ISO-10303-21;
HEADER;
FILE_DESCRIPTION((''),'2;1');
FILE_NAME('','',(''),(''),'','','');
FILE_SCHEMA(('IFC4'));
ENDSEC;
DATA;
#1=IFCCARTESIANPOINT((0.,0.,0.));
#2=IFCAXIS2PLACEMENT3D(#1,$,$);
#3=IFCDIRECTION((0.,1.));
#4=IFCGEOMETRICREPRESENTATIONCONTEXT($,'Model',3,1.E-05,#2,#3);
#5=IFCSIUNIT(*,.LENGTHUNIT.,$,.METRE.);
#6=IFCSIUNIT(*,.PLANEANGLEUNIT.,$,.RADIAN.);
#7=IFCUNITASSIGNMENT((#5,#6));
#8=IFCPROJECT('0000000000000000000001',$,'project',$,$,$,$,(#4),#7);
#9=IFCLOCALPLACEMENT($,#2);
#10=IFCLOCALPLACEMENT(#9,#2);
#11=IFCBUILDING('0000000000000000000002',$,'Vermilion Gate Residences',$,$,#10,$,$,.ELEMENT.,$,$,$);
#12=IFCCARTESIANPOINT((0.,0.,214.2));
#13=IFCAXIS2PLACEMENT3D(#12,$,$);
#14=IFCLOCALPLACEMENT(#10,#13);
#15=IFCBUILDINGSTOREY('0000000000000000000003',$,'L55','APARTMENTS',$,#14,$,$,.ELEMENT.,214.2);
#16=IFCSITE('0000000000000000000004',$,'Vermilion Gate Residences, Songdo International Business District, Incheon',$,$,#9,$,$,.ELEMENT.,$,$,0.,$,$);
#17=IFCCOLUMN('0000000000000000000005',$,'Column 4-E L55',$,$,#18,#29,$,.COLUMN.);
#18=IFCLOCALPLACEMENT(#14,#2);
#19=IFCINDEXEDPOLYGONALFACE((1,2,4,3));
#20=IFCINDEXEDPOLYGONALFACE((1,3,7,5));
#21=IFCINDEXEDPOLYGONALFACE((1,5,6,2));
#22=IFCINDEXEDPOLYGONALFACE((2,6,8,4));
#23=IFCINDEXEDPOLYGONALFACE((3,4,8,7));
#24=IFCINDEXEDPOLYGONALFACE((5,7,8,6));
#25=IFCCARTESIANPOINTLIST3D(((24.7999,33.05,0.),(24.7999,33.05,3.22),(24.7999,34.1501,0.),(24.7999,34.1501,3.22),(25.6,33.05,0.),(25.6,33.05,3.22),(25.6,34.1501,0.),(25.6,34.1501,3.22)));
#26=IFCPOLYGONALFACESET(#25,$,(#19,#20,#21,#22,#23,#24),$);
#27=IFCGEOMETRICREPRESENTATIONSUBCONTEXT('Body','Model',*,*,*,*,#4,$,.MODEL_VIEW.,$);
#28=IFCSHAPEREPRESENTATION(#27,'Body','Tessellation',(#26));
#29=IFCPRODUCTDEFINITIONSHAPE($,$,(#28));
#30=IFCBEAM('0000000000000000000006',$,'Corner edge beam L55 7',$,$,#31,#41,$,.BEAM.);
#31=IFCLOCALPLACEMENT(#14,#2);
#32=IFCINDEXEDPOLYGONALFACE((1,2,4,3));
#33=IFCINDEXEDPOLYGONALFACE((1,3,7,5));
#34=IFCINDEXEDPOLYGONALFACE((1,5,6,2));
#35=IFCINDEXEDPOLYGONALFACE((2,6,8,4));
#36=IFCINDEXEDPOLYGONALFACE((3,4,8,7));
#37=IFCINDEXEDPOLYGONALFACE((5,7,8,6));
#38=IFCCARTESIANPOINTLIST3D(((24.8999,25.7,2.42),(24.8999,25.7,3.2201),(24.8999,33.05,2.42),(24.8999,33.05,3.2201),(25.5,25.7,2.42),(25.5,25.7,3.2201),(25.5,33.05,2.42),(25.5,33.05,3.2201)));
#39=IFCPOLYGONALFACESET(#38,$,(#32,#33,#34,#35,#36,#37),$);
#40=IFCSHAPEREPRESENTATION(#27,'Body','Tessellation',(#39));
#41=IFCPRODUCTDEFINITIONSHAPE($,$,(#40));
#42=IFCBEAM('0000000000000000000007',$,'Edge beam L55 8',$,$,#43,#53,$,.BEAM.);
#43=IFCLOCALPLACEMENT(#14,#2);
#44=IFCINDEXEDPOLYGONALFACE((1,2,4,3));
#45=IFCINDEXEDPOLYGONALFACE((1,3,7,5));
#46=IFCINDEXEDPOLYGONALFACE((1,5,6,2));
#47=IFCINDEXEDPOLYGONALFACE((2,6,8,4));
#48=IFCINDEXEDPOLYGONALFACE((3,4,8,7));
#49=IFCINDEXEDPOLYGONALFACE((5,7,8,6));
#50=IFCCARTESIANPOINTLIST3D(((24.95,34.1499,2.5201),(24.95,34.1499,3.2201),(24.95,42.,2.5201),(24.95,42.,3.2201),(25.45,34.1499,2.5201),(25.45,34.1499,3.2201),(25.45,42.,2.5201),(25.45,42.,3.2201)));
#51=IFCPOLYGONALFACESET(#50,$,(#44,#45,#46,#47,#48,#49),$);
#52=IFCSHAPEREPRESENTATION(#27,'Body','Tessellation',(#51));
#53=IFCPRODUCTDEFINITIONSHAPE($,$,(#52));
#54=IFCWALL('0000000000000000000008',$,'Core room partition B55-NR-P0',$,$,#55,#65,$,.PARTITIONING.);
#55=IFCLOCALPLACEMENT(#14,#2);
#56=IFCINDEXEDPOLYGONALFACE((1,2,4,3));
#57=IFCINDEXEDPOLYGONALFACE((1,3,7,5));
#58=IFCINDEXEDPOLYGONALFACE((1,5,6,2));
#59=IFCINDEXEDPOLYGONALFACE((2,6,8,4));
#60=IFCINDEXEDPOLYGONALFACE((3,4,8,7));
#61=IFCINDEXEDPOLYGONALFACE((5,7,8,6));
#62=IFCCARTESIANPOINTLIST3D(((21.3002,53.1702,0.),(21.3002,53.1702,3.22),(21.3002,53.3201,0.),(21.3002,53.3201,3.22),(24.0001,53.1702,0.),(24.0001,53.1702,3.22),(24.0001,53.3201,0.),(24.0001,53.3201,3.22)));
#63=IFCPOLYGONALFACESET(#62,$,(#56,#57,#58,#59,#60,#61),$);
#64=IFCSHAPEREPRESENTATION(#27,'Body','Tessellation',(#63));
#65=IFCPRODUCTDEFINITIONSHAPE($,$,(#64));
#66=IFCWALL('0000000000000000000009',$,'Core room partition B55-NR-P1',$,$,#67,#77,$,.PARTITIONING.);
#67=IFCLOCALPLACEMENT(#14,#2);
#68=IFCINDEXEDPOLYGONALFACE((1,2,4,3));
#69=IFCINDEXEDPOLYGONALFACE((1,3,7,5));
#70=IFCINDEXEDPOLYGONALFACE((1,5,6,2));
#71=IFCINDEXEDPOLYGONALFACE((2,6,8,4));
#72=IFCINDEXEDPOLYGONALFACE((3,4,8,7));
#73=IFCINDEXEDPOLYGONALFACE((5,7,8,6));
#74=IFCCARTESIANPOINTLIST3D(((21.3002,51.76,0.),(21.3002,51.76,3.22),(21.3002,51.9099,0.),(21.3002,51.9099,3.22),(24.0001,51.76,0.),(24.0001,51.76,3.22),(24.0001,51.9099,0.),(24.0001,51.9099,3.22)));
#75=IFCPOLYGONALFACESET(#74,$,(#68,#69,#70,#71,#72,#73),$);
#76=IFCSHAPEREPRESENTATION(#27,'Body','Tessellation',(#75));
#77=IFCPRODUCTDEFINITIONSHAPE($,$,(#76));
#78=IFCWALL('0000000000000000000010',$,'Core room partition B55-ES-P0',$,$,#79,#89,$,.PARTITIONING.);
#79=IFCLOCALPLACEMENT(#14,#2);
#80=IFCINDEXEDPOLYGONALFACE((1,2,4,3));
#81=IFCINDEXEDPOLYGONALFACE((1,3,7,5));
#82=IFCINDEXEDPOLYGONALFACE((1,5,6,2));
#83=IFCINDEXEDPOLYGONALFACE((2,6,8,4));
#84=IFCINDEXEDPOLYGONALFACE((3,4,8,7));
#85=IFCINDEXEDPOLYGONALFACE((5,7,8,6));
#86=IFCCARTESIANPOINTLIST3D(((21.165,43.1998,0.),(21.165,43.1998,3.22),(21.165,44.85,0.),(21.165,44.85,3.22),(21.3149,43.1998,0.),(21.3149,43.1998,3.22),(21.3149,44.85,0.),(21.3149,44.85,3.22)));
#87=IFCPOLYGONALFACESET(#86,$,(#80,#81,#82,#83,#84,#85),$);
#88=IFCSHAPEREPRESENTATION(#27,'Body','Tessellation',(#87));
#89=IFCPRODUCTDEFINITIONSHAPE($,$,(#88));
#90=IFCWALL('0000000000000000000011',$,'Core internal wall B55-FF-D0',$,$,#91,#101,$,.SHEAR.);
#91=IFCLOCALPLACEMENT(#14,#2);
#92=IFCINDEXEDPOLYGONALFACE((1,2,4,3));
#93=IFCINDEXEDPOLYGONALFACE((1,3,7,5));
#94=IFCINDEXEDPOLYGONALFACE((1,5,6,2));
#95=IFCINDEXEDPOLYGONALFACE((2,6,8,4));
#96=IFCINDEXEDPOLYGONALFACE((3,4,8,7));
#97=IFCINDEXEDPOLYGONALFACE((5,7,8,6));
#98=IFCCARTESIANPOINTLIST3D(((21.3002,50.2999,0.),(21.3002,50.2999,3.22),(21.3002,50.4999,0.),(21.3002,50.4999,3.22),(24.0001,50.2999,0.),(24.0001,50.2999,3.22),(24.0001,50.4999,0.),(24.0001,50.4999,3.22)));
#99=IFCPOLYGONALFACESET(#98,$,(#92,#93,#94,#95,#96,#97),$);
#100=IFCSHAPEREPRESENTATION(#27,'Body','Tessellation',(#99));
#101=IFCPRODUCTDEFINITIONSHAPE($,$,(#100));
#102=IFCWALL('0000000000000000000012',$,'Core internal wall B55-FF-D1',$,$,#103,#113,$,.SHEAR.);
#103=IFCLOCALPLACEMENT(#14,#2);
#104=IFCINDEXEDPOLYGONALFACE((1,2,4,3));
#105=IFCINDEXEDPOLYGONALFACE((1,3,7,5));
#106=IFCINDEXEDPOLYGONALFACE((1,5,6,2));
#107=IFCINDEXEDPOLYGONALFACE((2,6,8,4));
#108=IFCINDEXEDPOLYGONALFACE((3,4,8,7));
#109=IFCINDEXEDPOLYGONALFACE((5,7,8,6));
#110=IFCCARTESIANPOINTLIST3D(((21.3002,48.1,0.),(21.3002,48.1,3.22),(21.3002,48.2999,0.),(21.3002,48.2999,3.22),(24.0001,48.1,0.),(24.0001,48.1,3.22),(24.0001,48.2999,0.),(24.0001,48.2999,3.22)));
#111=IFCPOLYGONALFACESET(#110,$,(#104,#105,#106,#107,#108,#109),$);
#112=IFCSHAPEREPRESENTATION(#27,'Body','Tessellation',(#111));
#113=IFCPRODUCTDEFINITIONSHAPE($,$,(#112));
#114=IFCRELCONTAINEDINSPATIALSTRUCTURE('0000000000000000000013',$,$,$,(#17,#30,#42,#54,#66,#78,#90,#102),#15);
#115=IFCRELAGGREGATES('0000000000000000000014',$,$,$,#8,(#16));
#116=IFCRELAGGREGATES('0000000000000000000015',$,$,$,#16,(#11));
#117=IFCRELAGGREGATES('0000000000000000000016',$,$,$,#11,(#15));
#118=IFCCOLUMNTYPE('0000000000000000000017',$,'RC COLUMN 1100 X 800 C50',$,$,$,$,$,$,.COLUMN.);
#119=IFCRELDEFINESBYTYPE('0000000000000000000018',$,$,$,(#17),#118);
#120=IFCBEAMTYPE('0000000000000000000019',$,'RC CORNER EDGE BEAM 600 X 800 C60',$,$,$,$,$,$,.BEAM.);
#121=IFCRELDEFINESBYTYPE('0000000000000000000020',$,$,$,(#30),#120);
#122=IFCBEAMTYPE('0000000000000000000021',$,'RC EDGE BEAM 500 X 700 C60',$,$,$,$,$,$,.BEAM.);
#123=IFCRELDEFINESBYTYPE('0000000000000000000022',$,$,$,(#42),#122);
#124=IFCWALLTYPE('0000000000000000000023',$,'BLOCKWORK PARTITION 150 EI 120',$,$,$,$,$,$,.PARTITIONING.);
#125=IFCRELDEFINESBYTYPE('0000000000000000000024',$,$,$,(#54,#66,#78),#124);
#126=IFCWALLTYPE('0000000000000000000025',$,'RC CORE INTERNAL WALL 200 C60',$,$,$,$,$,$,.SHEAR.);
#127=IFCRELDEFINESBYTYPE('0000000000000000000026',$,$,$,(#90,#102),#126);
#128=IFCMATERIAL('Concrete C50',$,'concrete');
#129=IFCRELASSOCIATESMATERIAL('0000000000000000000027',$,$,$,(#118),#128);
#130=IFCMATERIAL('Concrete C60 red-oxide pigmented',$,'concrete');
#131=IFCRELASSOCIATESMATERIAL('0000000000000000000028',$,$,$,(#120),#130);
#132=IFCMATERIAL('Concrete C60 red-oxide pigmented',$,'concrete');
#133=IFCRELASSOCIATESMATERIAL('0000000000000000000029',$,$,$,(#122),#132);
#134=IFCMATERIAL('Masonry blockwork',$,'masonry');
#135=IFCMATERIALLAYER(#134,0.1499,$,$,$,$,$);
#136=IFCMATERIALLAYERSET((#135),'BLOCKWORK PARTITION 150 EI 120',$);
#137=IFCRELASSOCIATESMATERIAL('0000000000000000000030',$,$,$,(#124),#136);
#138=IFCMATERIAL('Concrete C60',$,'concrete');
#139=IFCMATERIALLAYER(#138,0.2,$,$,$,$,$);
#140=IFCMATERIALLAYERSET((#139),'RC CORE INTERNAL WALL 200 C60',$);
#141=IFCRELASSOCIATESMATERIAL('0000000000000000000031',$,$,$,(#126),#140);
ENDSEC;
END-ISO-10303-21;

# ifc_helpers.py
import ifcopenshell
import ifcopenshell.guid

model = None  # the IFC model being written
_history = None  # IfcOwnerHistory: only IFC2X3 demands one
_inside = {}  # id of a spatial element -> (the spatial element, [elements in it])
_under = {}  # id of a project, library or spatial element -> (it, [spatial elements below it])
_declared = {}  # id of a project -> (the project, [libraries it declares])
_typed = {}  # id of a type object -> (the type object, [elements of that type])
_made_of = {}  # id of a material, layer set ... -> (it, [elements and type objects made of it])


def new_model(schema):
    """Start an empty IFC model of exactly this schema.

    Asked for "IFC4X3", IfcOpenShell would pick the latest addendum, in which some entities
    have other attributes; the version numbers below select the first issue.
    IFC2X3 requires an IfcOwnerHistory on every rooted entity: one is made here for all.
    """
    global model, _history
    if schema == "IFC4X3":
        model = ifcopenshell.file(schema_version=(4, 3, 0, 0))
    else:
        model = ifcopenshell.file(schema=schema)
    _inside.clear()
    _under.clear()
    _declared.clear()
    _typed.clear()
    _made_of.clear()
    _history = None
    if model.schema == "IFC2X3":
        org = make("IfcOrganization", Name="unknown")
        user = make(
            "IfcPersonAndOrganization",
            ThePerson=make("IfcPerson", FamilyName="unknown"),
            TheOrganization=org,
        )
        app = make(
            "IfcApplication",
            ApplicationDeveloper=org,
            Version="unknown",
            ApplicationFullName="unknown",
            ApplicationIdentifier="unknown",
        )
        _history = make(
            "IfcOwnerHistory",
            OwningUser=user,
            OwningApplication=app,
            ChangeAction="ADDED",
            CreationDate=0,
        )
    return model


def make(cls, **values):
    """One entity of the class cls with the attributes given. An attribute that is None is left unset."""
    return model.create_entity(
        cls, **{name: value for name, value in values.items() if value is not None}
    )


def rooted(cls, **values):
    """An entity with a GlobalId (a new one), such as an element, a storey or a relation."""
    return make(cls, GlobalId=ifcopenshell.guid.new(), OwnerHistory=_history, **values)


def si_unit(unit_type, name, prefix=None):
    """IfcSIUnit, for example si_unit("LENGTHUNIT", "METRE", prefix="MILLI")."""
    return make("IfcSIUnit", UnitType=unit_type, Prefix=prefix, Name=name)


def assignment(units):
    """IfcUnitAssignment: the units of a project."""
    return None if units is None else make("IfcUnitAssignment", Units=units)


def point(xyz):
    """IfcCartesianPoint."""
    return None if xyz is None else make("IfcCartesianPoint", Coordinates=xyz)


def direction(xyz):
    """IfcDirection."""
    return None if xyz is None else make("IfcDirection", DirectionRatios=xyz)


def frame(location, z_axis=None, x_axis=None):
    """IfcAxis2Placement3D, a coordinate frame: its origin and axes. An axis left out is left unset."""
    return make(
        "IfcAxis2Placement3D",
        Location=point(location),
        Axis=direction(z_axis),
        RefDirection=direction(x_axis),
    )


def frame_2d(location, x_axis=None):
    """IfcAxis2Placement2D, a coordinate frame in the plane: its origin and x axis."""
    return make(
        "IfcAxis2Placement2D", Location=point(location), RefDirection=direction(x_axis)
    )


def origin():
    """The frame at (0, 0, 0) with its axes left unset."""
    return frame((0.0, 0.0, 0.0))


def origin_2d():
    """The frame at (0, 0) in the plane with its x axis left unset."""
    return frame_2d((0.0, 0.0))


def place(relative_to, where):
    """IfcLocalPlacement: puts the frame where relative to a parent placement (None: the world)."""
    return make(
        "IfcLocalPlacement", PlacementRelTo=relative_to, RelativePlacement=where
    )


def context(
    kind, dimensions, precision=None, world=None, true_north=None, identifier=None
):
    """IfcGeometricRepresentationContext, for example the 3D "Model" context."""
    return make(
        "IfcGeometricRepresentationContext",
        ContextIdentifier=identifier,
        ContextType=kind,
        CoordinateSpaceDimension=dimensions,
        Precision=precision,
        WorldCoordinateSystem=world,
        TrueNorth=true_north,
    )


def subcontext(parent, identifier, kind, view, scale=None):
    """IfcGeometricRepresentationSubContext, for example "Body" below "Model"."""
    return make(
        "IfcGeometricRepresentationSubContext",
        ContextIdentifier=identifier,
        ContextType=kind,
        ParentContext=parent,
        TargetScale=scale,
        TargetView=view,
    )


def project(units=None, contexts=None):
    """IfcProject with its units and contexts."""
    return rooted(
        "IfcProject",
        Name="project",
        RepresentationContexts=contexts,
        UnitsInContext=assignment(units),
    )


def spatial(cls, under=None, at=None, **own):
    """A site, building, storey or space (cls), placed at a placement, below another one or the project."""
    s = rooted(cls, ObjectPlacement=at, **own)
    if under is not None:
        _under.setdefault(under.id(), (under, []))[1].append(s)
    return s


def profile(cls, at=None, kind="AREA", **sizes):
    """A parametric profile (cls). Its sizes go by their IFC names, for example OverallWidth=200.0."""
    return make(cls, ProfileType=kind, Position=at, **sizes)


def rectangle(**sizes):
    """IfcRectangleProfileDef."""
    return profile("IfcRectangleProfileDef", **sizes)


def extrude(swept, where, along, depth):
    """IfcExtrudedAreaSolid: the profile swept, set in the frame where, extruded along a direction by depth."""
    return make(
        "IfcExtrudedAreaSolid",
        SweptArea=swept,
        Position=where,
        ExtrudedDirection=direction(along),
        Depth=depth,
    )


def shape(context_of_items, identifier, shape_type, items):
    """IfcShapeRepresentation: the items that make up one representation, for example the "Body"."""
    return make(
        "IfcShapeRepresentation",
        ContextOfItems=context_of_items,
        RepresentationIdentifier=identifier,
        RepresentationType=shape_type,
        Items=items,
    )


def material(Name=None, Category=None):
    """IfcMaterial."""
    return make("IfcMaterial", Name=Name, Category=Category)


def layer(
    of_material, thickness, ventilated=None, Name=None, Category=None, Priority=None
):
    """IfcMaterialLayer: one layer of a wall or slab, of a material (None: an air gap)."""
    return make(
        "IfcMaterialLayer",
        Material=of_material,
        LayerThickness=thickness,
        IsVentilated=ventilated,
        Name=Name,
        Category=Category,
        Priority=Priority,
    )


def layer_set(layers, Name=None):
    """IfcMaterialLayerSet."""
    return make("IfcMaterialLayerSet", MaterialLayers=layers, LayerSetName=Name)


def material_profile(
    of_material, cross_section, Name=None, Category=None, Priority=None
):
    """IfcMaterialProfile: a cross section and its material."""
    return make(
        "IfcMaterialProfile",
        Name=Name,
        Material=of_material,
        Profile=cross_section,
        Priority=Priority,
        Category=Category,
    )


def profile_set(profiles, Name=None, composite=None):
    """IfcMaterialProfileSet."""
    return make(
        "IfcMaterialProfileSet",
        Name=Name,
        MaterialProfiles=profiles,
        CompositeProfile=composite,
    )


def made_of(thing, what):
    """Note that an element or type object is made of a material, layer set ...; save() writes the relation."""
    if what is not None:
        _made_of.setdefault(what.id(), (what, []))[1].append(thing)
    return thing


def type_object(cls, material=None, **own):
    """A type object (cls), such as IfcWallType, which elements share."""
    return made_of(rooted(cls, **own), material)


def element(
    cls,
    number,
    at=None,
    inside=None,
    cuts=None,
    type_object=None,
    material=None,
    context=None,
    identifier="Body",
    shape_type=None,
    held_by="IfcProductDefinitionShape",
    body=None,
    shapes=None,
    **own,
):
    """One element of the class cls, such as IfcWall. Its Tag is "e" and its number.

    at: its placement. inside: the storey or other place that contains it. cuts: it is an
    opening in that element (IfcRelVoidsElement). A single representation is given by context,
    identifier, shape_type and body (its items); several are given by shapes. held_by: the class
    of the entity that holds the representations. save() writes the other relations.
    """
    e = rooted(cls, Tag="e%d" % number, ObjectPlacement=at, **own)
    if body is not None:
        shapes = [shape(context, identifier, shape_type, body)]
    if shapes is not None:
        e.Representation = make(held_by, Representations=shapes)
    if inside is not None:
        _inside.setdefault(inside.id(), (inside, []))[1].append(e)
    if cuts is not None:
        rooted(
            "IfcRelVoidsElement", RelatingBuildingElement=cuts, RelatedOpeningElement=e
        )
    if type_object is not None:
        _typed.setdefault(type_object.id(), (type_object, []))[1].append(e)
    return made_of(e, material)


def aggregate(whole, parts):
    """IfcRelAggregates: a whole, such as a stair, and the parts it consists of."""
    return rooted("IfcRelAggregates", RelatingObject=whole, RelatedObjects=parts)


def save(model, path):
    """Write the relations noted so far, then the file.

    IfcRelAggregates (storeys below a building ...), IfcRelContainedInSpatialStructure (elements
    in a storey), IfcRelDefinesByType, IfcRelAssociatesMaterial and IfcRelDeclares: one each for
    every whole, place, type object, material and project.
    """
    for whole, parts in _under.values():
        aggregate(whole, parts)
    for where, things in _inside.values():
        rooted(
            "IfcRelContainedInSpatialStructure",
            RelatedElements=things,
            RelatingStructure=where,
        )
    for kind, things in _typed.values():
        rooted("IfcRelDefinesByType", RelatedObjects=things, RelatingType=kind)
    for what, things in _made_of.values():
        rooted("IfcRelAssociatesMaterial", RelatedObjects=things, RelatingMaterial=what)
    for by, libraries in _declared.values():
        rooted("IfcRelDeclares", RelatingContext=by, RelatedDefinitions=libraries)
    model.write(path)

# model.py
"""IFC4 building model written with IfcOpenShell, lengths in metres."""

from ifc_helpers import new_model, si_unit, direction, frame, frame_2d, origin, origin_2d, place, context, subcontext, project, spatial, rectangle, extrude, material, layer, layer_set, material_profile, profile_set, type_object, element, save


model = new_model("IFC4")

# Units and contexts
model_context = context("Model", 3, precision=1e-05, world=origin(), true_north=direction((0.0, 1.0)))
body_context = subcontext(model_context, "Body", "Model", "MODEL_VIEW")
ifc_project = project(units=[si_unit("LENGTHUNIT", "METRE"), si_unit("PLANEANGLEUNIT", "RADIAN")], contexts=[model_context])

# Site, building, storey
site_placement = place(None, origin())
site = spatial("IfcSite", under=ifc_project, at=site_placement, Name="Vermilion Gate Residences, Songdo International Business District, Incheon", CompositionType="ELEMENT", RefElevation=0.0)
building_placement = place(site_placement, origin())
building = spatial("IfcBuilding", under=site, at=building_placement, Name="Vermilion Gate Residences", CompositionType="ELEMENT")
storey_placement = place(building_placement, frame((0.0, 0.0, 214.2)))
storey = spatial("IfcBuildingStorey", under=building, at=storey_placement, Name="L55", Description="APARTMENTS", CompositionType="ELEMENT", Elevation=214.2)

# Column
ifc_material_1 = material(Name="Concrete C50", Category="concrete")
ifc_material_profile_1 = material_profile(ifc_material_1, rectangle(XDim=1.1001, YDim=0.8, at=origin_2d()), Name="RC-1100x800")
ifc_profile_set_1 = profile_set([ifc_material_profile_1], Name="Concrete C50")
column_type = type_object("IfcColumnType", Name="RC COLUMN 1100 X 800 C50", PredefinedType="COLUMN", material=ifc_profile_set_1)
column_placement = place(storey_placement, frame((25.2, 33.6001, 0.0), z_axis=(0.0, 0.0, 1.0), x_axis=(0.0, 1.0, 0.0)))
element("IfcColumn", 1, at=column_placement, inside=storey, type_object=column_type, Name="Column 4-E L55", PredefinedType="COLUMN", context=body_context, shape_type="SweptSolid", body=[
    extrude(rectangle(XDim=1.1001, YDim=0.8, at=origin_2d()), origin(), (0.0, 0.0, 1.0), 3.22),
])

# Beams
ifc_material_2 = material(Name="Concrete C60 red-oxide pigmented", Category="concrete")
ifc_material_profile_2 = material_profile(ifc_material_2, rectangle(XDim=0.6001, YDim=0.8, at=origin_2d()), Name="RC-600x800")
ifc_profile_set_2 = profile_set([ifc_material_profile_2], Name="Concrete C60 red-oxide pigmented")
beam_type_1 = type_object("IfcBeamType", Name="RC CORNER EDGE BEAM 600 X 800 C60", PredefinedType="BEAM", material=ifc_profile_set_2)
beam_1_placement = place(storey_placement, frame((25.2, 25.7, 2.8201), z_axis=(0.0, 1.0, 0.0), x_axis=(-1.0, 0.0, 0.0)))
element("IfcBeam", 2, at=beam_1_placement, inside=storey, type_object=beam_type_1, Name="Corner edge beam L55 7", PredefinedType="BEAM", context=body_context, shape_type="SweptSolid", body=[
    extrude(rectangle(XDim=0.6001, YDim=0.8, at=origin_2d()), origin(), (0.0, 0.0, 1.0), 7.3501),
])
ifc_material_3 = material(Name="Concrete C60 red-oxide pigmented", Category="concrete")
ifc_material_profile_3 = material_profile(ifc_material_3, rectangle(XDim=0.5, YDim=0.7, at=origin_2d()), Name="RC-500x700")
ifc_profile_set_3 = profile_set([ifc_material_profile_3], Name="Concrete C60 red-oxide pigmented")
beam_type_2 = type_object("IfcBeamType", Name="RC EDGE BEAM 500 X 700 C60", PredefinedType="BEAM", material=ifc_profile_set_3)
beam_2_placement = place(storey_placement, frame((25.2, 34.1499, 2.8701), z_axis=(0.0, 1.0, 0.0), x_axis=(-1.0, 0.0, 0.0)))
element("IfcBeam", 3, at=beam_2_placement, inside=storey, type_object=beam_type_2, Name="Edge beam L55 8", PredefinedType="BEAM", context=body_context, shape_type="SweptSolid", body=[
    extrude(rectangle(XDim=0.5, YDim=0.7, at=origin_2d()), origin(), (0.0, 0.0, 1.0), 7.8501),
])

# Walls
ifc_material_4 = material(Name="Masonry blockwork", Category="masonry")
ifc_layer_1 = layer(ifc_material_4, 0.1499)
ifc_layer_set_1 = layer_set([ifc_layer_1], Name="BLOCKWORK PARTITION 150 EI 120")
wall_type_1 = type_object("IfcWallType", Name="BLOCKWORK PARTITION 150 EI 120", PredefinedType="PARTITIONING", material=ifc_layer_set_1)
for number, where, z_axis, x_axis, name in (
    (4, (21.3, 53.2451, 0.0), (0.0, 0.0, 1.0), (1.0, 0.0, 0.0), "Core room partition B55-NR-P0"),
    (5, (21.3, 51.835, 0.0), (0.0, 0.0, 1.0), (1.0, 0.0, 0.0), "Core room partition B55-NR-P1"),
):
    element("IfcWall", number, at=place(storey_placement, frame(where, z_axis=z_axis, x_axis=x_axis)), inside=storey, type_object=wall_type_1, Name=name, PredefinedType="PARTITIONING", context=body_context, shape_type="SweptSolid", body=[
        extrude(rectangle(XDim=2.7, YDim=0.1499, at=frame_2d((1.3501, 0.0))), origin(), (0.0, 0.0, 1.0), 3.22),
    ])
wall_1_placement = place(storey_placement, frame((21.24, 44.8501, 0.0), z_axis=(0.0, 0.0, 1.0), x_axis=(0.0, -1.0, 0.0)))
element("IfcWall", 6, at=wall_1_placement, inside=storey, type_object=wall_type_1, Name="Core room partition B55-ES-P0", PredefinedType="PARTITIONING", context=body_context, shape_type="SweptSolid", body=[
    extrude(rectangle(XDim=1.6501, YDim=0.1499, at=frame_2d((0.8252, 0.0))), origin(), (0.0, 0.0, 1.0), 3.22),
])
ifc_material_5 = material(Name="Concrete C60", Category="concrete")
ifc_layer_2 = layer(ifc_material_5, 0.2)
ifc_layer_set_2 = layer_set([ifc_layer_2], Name="RC CORE INTERNAL WALL 200 C60")
wall_type_2 = type_object("IfcWallType", Name="RC CORE INTERNAL WALL 200 C60", PredefinedType="SHEAR", material=ifc_layer_set_2)
for number, where, z_axis, x_axis, name in (
    (7, (21.3, 50.3999, 0.0), (0.0, 0.0, 1.0), (1.0, 0.0, 0.0), "Core internal wall B55-FF-D0"),
    (8, (21.3, 48.2, 0.0), (0.0, 0.0, 1.0), (1.0, 0.0, 0.0), "Core internal wall B55-FF-D1"),
):
    element("IfcWall", number, at=place(storey_placement, frame(where, z_axis=z_axis, x_axis=x_axis)), inside=storey, type_object=wall_type_2, Name=name, PredefinedType="SHEAR", context=body_context, shape_type="SweptSolid", body=[
        extrude(rectangle(XDim=2.7, YDim=0.2, at=frame_2d((1.3501, 0.0))), origin(), (0.0, 0.0, 1.0), 3.22),
    ])

save(model, "model.ifc")
